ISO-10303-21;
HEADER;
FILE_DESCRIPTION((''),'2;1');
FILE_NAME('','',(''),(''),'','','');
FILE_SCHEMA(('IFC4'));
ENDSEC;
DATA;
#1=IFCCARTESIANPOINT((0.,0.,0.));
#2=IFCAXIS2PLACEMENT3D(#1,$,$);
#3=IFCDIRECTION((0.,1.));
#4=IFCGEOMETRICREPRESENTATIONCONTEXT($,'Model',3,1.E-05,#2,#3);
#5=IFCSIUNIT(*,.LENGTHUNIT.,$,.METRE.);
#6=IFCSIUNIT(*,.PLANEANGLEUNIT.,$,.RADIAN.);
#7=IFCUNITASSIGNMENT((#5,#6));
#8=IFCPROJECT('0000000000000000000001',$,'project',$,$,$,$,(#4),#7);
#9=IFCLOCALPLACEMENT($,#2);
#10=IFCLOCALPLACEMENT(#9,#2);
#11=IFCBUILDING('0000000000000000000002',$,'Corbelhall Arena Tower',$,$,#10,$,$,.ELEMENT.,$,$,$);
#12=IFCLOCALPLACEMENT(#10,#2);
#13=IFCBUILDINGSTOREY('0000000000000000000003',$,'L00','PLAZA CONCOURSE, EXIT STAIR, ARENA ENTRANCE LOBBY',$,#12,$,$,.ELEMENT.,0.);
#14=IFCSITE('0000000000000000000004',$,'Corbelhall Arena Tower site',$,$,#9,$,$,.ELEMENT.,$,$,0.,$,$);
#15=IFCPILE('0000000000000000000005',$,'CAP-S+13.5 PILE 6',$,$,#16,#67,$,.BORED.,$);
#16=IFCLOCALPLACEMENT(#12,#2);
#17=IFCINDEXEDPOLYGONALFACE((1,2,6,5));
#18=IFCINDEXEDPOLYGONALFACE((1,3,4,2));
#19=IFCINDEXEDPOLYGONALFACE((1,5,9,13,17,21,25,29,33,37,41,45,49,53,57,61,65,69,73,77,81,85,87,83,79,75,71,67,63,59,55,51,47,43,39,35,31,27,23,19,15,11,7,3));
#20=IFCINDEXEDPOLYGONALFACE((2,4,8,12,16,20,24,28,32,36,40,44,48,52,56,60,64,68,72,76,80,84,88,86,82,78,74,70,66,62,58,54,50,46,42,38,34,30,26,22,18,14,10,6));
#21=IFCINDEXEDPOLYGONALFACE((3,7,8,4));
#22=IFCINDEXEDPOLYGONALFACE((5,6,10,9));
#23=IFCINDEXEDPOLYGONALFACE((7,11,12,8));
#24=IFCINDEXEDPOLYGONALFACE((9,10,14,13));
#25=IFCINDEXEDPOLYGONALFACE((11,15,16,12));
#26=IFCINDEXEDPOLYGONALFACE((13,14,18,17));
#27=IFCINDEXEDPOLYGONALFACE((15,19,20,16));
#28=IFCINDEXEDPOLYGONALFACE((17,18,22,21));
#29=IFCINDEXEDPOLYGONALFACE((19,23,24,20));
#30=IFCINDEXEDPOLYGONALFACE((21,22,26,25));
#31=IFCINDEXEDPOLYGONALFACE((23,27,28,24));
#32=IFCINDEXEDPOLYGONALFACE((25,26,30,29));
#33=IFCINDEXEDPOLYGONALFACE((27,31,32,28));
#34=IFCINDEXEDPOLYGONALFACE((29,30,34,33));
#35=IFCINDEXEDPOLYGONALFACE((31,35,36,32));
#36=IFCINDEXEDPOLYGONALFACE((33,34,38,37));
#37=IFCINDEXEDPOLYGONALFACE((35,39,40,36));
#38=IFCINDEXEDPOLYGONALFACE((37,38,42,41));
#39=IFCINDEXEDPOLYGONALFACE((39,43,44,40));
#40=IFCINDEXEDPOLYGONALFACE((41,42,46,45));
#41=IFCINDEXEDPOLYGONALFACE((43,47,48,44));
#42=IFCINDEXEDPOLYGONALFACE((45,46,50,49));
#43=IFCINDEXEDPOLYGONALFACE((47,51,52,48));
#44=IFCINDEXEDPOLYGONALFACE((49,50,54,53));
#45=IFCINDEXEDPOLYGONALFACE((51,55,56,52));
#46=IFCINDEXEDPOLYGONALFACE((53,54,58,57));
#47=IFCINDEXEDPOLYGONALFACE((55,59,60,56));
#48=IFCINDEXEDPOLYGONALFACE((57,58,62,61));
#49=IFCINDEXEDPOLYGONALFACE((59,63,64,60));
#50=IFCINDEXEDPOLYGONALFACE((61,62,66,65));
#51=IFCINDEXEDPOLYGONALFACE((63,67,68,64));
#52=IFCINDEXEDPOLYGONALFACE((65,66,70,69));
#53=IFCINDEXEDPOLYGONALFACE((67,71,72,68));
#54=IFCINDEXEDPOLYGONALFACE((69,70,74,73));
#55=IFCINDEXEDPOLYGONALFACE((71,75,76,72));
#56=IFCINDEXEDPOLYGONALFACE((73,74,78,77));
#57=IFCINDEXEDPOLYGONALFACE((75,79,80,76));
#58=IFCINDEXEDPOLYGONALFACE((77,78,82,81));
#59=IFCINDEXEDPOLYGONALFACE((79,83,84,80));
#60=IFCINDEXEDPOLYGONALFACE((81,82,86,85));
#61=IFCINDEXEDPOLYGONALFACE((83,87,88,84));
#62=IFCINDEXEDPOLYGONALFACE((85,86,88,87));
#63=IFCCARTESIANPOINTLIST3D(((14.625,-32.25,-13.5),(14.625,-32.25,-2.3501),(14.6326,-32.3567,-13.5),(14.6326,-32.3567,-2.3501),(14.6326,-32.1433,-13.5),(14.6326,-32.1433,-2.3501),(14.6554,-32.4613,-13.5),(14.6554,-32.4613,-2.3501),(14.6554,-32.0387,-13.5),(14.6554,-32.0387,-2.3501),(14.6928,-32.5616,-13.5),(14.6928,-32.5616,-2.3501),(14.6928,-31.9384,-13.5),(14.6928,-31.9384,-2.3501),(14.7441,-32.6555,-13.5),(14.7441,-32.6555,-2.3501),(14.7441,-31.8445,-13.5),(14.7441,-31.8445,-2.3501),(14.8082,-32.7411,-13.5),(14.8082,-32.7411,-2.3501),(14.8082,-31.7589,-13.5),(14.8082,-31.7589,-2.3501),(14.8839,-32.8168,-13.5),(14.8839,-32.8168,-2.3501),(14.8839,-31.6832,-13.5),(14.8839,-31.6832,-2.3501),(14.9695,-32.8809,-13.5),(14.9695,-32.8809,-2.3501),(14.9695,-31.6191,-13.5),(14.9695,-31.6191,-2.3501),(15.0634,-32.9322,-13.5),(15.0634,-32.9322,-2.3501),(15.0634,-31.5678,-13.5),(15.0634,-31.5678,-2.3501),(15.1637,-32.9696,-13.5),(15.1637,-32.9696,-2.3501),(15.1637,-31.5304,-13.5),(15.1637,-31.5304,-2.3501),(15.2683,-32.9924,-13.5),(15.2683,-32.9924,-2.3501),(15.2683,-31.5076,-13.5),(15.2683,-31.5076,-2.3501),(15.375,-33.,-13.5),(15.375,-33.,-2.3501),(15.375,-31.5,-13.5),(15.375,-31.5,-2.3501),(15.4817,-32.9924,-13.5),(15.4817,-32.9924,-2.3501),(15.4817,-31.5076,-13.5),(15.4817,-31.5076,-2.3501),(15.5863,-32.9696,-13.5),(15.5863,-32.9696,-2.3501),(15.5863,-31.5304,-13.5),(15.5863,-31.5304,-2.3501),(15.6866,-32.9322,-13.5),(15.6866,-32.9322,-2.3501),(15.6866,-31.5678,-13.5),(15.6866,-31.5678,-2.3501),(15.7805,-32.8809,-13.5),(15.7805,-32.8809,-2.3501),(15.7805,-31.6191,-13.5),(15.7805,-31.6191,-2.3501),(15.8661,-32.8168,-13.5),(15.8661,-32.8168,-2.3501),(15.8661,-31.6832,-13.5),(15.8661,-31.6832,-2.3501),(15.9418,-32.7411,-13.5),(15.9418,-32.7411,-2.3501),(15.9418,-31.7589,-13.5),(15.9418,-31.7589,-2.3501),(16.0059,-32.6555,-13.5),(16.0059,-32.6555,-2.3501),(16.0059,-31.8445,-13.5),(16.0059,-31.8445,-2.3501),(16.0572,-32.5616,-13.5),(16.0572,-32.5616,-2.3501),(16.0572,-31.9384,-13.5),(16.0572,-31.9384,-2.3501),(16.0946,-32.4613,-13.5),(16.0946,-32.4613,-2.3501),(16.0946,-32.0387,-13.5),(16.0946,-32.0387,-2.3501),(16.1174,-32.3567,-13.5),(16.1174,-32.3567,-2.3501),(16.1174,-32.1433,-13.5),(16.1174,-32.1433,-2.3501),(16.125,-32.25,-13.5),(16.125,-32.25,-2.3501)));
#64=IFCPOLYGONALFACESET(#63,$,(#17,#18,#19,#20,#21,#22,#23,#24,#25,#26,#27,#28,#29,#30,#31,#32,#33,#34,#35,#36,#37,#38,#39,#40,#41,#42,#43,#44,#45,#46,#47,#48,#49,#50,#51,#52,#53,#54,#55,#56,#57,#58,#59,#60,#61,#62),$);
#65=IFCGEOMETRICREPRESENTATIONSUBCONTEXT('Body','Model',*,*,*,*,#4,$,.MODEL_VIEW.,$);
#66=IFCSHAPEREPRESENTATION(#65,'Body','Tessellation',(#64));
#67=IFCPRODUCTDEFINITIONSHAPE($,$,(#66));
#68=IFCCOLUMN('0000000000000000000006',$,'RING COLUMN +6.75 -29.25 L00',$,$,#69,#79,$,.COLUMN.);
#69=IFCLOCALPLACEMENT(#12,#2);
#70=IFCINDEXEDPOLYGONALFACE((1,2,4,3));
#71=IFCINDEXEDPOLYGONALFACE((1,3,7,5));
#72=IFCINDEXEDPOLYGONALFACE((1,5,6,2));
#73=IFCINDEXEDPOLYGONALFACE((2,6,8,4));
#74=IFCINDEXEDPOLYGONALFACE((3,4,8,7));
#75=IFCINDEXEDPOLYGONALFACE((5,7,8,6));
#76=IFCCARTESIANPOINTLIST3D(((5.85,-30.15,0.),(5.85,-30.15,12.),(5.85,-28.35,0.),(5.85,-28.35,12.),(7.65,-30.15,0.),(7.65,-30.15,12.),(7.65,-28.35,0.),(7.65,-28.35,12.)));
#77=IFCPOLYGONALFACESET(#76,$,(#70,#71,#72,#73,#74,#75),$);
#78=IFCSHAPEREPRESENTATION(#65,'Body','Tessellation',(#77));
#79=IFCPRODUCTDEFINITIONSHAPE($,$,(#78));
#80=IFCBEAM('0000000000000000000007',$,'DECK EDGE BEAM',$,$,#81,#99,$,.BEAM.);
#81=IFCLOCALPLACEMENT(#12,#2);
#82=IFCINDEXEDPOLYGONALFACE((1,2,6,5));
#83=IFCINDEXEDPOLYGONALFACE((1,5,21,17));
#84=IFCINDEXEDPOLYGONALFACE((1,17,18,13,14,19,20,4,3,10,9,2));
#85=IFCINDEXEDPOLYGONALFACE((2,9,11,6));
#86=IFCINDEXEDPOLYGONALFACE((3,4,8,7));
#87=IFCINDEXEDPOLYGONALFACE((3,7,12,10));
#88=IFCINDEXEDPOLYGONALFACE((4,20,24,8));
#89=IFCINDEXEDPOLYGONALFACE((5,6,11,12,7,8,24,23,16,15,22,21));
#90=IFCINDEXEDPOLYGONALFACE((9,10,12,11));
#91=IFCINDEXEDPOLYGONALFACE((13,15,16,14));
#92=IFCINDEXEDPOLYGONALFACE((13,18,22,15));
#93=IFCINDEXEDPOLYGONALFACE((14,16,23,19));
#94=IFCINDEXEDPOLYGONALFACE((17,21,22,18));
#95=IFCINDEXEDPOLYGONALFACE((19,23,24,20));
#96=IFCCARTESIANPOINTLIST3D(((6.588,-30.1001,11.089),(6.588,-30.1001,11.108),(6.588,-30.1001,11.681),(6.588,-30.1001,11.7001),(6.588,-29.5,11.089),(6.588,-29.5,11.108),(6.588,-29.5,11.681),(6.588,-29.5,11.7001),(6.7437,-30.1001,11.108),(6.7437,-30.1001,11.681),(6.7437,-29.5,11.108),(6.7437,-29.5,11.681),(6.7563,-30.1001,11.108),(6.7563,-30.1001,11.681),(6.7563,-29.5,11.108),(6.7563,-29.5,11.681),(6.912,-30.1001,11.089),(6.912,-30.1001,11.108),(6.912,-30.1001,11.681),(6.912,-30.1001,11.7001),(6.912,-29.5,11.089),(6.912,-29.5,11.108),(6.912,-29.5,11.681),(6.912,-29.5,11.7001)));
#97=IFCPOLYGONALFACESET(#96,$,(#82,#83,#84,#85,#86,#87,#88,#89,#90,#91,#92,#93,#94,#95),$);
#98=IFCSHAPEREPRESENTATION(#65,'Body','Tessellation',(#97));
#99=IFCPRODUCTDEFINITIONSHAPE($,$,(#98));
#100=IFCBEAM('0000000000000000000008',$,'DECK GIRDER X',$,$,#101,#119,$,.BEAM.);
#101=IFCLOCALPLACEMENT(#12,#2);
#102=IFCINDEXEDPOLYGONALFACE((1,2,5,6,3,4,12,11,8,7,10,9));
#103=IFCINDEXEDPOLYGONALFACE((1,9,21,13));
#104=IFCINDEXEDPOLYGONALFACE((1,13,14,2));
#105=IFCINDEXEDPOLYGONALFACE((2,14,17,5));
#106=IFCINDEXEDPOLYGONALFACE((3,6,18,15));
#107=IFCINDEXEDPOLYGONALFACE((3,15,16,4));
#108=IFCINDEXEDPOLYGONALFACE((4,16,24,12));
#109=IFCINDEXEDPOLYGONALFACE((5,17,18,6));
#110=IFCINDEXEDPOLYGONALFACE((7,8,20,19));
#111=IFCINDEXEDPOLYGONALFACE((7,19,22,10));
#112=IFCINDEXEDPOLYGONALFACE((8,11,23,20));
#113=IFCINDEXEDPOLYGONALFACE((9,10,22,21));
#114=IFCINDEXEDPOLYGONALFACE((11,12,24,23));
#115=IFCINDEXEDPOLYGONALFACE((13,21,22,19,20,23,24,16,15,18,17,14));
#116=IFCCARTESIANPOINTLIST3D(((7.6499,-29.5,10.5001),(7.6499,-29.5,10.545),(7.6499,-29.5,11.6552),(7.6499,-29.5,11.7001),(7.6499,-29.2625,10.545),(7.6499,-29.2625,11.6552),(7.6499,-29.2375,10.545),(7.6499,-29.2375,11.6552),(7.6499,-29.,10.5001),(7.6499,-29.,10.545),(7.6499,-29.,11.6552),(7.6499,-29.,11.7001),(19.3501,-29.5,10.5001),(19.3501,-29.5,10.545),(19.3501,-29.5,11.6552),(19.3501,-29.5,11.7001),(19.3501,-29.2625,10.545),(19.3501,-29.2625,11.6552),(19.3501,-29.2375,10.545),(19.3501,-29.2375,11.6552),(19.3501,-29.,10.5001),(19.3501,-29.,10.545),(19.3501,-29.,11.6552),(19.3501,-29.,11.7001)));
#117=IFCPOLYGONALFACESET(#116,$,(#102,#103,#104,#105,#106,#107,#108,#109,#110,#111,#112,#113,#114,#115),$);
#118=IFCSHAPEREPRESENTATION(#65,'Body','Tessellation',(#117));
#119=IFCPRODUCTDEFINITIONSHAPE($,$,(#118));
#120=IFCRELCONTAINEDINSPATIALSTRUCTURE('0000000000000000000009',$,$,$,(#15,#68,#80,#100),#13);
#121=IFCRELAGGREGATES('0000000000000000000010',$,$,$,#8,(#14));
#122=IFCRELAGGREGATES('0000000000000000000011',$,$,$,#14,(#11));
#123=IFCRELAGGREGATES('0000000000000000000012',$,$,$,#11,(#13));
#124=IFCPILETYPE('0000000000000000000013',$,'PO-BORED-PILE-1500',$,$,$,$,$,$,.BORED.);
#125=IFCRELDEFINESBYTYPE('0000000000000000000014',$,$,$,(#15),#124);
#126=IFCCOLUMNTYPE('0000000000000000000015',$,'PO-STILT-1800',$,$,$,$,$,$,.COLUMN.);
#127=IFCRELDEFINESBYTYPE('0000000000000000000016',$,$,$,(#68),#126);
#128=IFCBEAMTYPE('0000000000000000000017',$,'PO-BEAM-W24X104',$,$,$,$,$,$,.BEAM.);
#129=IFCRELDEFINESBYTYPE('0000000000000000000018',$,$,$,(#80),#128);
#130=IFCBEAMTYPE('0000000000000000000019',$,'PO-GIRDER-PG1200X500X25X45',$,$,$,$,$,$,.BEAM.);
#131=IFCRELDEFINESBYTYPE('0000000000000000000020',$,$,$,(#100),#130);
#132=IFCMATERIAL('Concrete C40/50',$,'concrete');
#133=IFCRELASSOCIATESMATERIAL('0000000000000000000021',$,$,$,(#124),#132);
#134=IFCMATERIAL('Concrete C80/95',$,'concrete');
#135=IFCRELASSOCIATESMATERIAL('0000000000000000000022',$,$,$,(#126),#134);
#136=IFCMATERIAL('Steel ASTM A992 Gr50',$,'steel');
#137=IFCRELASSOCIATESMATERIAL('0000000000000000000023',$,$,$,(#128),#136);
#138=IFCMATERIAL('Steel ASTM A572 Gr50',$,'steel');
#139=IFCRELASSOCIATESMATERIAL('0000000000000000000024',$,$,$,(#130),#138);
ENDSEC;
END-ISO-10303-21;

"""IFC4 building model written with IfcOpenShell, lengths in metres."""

from ifc_helpers import new_model, si_unit, direction, frame, origin, origin_2d, place, context, subcontext, project, spatial, rectangle, circle, i_section, extrude, material, material_profile, profile_set, type_object, element, save


model = new_model("IFC4")

# Units and contexts
model_context = context("Model", 3, precision=1e-05, world=origin(), true_north=direction((0.0, 1.0)))
body_context = subcontext(model_context, "Body", "Model", "MODEL_VIEW")
ifc_project = project(units=[si_unit("LENGTHUNIT", "METRE"), si_unit("PLANEANGLEUNIT", "RADIAN")], contexts=[model_context])

# Site, building, storey
site_placement = place(None, origin())
site = spatial("IfcSite", under=ifc_project, at=site_placement, Name="Corbelhall Arena Tower site", CompositionType="ELEMENT", RefElevation=0.0)
building_placement = place(site_placement, origin())
building = spatial("IfcBuilding", under=site, at=building_placement, Name="Corbelhall Arena Tower", CompositionType="ELEMENT")
storey_placement = place(building_placement, origin())
storey = spatial("IfcBuildingStorey", under=building, at=storey_placement, Name="L00", Description="PLAZA CONCOURSE, EXIT STAIR, ARENA ENTRANCE LOBBY", CompositionType="ELEMENT", Elevation=0.0)

# Pile
ifc_material_1 = material(Name="Concrete C40/50", Category="concrete")
ifc_material_profile_1 = material_profile(ifc_material_1, circle(Radius=0.75, at=origin_2d()))
ifc_profile_set_1 = profile_set([ifc_material_profile_1], Name="Concrete C40/50")
pile_type_1 = type_object("IfcPileType", Name="PO-BORED-PILE-1500", PredefinedType="BORED", material=ifc_profile_set_1)
for number, where, z_axis, x_axis, name in (
    (1, (15.375, -32.25, -2.3501), (0.0, 0.0, -1.0), (1.0, 0.0, 0.0), "CAP-S+13.5 PILE 6"),
):
    element("IfcPile", number, at=place(storey_placement, frame(where, z_axis=z_axis, x_axis=x_axis)), inside=storey, type_object=pile_type_1, Name=name, PredefinedType="BORED", context=body_context, shape_type="SweptSolid", body=[
        extrude(circle(Radius=0.75, at=origin_2d()), origin(), (0.0, 0.0, 1.0), 11.1499),
    ])

# Column
ifc_material_2 = material(Name="Concrete C80/95", Category="concrete")
ifc_material_profile_2 = material_profile(ifc_material_2, rectangle(XDim=1.8, YDim=1.8, at=origin_2d()))
ifc_profile_set_2 = profile_set([ifc_material_profile_2], Name="Concrete C80/95")
column_type = type_object("IfcColumnType", Name="PO-STILT-1800", PredefinedType="COLUMN", material=ifc_profile_set_2)
column_placement = place(storey_placement, frame((6.75, -29.25, 0.0), z_axis=(0.0, 0.0, 1.0), x_axis=(1.0, 0.0, 0.0)))
element("IfcColumn", 2, at=column_placement, inside=storey, type_object=column_type, Name="RING COLUMN +6.75 -29.25 L00", PredefinedType="COLUMN", context=body_context, shape_type="SweptSolid", body=[
    extrude(rectangle(XDim=1.8, YDim=1.8, at=origin_2d()), origin(), (0.0, 0.0, 1.0), 12.0),
])

# Beams
ifc_material_3 = material(Name="Steel ASTM A992 Gr50", Category="steel")
ifc_material_profile_3 = material_profile(ifc_material_3, i_section(OverallWidth=0.324, OverallDepth=0.6111, WebThickness=0.0127, FlangeThickness=0.019, at=origin_2d()))
ifc_profile_set_3 = profile_set([ifc_material_profile_3], Name="Steel ASTM A992 Gr50")
beam_type_1 = type_object("IfcBeamType", Name="PO-BEAM-W24X104", PredefinedType="BEAM", material=ifc_profile_set_3)
beam_1_placement = place(storey_placement, frame((6.75, -29.5, 11.3945), z_axis=(0.0, -1.0, 0.0), x_axis=(1.0, 0.0, 0.0)))
element("IfcBeam", 3, at=beam_1_placement, inside=storey, type_object=beam_type_1, Name="DECK EDGE BEAM", PredefinedType="BEAM", context=body_context, shape_type="SweptSolid", body=[
    extrude(i_section(OverallWidth=0.324, OverallDepth=0.6111, WebThickness=0.0127, FlangeThickness=0.019, at=origin_2d()), origin(), (0.0, 0.0, 1.0), 0.6001),
])
ifc_material_4 = material(Name="Steel ASTM A572 Gr50", Category="steel")
ifc_material_profile_4 = material_profile(ifc_material_4, i_section(OverallWidth=0.5, OverallDepth=1.2, WebThickness=0.0249, FlangeThickness=0.0449, at=origin_2d()))
ifc_profile_set_4 = profile_set([ifc_material_profile_4], Name="Steel ASTM A572 Gr50")
beam_type_2 = type_object("IfcBeamType", Name="PO-GIRDER-PG1200X500X25X45", PredefinedType="BEAM", material=ifc_profile_set_4)
beam_2_placement = place(storey_placement, frame((7.6499, -29.25, 11.1001), z_axis=(1.0, 0.0, 0.0), x_axis=(0.0, 1.0, 0.0)))
element("IfcBeam", 4, at=beam_2_placement, inside=storey, type_object=beam_type_2, Name="DECK GIRDER X", PredefinedType="BEAM", context=body_context, shape_type="SweptSolid", body=[
    extrude(i_section(OverallWidth=0.5, OverallDepth=1.2, WebThickness=0.0249, FlangeThickness=0.0449, at=origin_2d()), origin(), (0.0, 0.0, 1.0), 11.7002),
])

save(model, "model.ifc")
